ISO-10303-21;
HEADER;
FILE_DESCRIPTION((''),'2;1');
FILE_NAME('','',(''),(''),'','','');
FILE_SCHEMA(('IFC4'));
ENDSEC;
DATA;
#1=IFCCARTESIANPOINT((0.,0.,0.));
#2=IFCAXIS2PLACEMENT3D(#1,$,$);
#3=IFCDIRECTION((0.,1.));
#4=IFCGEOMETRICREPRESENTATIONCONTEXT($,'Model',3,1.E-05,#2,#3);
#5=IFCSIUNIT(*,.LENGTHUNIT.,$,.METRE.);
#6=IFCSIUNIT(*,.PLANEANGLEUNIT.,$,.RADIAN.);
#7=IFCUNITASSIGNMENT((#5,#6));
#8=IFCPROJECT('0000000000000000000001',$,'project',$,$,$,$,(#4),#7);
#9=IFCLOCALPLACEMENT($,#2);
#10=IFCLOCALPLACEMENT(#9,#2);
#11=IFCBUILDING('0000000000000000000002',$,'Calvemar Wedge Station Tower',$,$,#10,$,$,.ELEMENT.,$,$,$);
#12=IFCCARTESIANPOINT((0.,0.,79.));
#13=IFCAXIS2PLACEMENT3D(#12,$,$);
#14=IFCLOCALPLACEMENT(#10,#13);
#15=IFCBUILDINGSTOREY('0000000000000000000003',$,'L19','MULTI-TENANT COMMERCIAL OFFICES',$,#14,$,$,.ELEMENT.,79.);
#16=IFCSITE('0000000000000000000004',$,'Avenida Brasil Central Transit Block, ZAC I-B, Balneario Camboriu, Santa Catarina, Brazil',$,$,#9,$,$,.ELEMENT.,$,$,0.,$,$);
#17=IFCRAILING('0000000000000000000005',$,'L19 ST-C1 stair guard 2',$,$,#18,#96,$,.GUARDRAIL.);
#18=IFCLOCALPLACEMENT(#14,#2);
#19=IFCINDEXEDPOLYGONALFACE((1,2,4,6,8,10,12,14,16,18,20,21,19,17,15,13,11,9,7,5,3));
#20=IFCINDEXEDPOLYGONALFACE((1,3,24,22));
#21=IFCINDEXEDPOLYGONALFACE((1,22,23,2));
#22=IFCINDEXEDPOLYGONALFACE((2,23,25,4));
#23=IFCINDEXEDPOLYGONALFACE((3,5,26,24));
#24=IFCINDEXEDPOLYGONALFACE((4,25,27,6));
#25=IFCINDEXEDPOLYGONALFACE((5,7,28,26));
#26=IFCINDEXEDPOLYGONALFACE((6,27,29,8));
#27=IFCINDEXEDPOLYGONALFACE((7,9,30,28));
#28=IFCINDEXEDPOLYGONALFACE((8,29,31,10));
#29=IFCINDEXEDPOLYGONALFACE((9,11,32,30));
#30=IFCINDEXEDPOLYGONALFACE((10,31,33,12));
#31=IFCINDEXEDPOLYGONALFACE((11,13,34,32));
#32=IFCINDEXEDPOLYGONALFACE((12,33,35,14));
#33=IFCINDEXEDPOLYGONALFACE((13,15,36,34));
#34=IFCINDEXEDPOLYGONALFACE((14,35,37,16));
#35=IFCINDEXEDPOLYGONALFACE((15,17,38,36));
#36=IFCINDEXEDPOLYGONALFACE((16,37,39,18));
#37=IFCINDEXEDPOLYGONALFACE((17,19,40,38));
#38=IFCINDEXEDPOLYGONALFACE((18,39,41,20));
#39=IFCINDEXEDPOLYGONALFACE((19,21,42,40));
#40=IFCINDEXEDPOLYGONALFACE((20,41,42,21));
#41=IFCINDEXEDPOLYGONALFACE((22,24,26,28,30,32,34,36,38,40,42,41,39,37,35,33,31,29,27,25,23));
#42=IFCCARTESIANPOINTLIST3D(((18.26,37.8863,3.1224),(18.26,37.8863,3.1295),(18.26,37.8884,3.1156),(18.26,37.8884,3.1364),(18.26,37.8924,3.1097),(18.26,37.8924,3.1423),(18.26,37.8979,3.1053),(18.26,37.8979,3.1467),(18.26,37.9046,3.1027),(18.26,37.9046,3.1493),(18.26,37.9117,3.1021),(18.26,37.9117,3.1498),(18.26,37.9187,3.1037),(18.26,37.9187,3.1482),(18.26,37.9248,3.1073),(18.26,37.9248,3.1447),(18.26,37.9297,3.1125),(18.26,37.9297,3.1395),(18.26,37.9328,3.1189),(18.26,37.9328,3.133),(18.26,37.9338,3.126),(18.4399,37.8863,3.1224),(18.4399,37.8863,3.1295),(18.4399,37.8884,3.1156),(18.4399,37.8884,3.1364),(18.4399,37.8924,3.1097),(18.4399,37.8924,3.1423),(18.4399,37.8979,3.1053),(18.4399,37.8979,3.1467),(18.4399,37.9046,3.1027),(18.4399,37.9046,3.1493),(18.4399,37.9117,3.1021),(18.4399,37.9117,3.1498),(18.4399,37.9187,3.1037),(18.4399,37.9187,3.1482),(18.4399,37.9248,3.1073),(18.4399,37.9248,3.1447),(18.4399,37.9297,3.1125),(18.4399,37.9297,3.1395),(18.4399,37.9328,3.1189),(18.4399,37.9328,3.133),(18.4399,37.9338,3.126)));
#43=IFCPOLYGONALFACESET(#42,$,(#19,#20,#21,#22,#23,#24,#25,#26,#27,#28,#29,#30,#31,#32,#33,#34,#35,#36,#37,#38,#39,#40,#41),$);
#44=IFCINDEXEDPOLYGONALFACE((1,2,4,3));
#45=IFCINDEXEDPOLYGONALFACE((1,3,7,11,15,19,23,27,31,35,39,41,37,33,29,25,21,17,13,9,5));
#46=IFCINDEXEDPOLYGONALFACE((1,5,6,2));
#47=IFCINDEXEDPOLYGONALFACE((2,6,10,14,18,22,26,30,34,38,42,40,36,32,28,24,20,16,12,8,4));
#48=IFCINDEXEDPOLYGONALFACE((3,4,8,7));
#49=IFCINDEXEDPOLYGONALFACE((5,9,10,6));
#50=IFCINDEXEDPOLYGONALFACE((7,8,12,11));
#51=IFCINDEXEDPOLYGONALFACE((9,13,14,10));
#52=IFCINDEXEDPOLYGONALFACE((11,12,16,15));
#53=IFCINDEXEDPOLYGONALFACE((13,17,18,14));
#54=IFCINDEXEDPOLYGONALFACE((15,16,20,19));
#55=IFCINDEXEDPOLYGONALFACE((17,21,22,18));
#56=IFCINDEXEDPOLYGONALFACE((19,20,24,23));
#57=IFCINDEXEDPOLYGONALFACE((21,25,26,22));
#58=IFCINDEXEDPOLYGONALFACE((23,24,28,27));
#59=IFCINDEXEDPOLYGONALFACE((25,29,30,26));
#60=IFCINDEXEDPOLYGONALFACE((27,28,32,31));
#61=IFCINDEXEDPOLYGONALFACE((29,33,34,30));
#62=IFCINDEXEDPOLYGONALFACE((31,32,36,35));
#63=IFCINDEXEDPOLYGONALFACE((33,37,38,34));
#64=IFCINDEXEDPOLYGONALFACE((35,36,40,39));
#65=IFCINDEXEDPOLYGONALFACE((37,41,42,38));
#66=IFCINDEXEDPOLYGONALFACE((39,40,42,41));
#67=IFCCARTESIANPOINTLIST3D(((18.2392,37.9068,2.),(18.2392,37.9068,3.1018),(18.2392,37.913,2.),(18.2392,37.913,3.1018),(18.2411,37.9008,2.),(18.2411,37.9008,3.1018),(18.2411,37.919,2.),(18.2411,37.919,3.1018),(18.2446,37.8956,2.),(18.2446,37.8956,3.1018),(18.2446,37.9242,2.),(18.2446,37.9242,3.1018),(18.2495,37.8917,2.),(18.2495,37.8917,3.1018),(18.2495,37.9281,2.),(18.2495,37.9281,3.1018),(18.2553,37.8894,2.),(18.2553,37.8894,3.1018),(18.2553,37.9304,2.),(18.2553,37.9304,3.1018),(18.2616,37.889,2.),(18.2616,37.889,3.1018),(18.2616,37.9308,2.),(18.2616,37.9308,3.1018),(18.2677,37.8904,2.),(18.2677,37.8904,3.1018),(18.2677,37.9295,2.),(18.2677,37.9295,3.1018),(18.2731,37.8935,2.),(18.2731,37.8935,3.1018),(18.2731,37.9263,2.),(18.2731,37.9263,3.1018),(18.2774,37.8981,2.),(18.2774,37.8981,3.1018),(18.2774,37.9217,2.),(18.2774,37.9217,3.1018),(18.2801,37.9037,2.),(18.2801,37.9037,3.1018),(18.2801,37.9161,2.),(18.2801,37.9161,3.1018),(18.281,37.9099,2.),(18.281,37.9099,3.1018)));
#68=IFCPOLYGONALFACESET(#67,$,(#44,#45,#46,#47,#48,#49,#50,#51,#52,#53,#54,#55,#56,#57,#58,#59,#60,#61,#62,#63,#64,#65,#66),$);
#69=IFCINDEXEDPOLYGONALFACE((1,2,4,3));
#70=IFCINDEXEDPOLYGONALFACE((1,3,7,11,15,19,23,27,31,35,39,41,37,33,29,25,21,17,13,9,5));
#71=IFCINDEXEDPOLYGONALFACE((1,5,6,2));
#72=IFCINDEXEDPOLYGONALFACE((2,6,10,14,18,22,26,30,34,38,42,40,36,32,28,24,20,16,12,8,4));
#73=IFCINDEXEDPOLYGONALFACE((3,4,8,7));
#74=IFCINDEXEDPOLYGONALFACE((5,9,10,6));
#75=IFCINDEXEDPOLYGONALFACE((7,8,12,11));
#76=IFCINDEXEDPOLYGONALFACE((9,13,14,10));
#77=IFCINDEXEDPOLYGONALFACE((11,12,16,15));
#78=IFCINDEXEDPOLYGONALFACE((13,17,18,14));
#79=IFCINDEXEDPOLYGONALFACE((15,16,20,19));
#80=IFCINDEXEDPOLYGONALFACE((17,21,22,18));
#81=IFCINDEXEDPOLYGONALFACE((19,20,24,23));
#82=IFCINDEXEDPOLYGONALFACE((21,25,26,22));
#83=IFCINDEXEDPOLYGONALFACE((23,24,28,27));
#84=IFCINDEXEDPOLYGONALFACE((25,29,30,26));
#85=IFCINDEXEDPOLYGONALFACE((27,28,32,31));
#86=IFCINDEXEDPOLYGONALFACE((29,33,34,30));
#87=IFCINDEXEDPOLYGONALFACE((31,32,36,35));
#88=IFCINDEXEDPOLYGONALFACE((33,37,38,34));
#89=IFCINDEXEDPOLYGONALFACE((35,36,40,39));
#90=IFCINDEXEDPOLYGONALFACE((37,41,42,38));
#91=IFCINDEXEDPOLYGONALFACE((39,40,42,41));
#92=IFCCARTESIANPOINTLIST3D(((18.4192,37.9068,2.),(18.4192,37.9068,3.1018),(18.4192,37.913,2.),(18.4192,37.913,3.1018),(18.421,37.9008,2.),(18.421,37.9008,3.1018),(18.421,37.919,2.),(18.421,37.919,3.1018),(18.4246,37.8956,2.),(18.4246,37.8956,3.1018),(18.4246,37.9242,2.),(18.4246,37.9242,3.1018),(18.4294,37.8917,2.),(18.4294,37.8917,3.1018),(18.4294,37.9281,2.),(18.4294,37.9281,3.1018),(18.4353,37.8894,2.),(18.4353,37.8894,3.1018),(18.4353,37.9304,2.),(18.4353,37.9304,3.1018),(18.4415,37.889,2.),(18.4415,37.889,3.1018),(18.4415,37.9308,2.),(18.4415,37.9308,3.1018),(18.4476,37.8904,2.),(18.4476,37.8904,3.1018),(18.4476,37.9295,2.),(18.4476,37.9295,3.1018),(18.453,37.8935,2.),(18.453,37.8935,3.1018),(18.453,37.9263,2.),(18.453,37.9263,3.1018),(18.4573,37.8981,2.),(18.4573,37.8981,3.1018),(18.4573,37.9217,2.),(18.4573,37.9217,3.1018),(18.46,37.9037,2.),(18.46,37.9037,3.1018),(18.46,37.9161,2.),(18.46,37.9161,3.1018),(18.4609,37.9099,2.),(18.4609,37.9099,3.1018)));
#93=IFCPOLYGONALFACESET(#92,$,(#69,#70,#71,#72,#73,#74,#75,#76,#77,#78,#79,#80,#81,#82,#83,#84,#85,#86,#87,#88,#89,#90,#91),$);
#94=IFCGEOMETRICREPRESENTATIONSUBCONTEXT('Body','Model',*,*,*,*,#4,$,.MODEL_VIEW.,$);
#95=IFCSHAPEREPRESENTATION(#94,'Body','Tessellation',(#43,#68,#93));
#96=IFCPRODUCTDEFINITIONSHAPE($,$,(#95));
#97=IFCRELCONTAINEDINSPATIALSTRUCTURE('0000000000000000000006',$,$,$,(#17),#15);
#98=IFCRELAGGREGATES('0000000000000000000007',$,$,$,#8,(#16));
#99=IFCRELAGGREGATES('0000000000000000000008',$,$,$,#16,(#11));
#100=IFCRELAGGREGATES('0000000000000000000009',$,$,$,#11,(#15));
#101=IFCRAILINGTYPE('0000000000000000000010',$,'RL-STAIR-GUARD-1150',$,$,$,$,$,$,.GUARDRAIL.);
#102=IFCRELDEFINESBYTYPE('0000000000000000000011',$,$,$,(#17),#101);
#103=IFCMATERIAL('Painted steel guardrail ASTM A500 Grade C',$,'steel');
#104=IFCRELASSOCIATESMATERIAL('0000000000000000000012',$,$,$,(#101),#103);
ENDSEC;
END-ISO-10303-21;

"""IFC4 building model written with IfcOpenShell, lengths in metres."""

from ifc_helpers import new_model, si_unit, direction, frame, origin, origin_2d, place, context, subcontext, project, spatial, circle, extrude, material, type_object, element, save


model = new_model("IFC4")

# Units and contexts
model_context = context("Model", 3, precision=1e-05, world=origin(), true_north=direction((0.0, 1.0)))
body_context = subcontext(model_context, "Body", "Model", "MODEL_VIEW")
ifc_project = project(units=[si_unit("LENGTHUNIT", "METRE"), si_unit("PLANEANGLEUNIT", "RADIAN")], contexts=[model_context])

# Site, building, storey
site_placement = place(None, origin())
site = spatial("IfcSite", under=ifc_project, at=site_placement, Name="Avenida Brasil Central Transit Block, ZAC I-B, Balneario Camboriu, Santa Catarina, Brazil", CompositionType="ELEMENT", RefElevation=0.0)
building_placement = place(site_placement, origin())
building = spatial("IfcBuilding", under=site, at=building_placement, Name="Calvemar Wedge Station Tower", CompositionType="ELEMENT")
storey_placement = place(building_placement, frame((0.0, 0.0, 79.0)))
storey = spatial("IfcBuildingStorey", under=building, at=storey_placement, Name="L19", Description="MULTI-TENANT COMMERCIAL OFFICES", CompositionType="ELEMENT", Elevation=79.0)

# Railing
ifc_material_1 = material(Name="Painted steel guardrail ASTM A500 Grade C", Category="steel")
railing_type_1 = type_object("IfcRailingType", Name="RL-STAIR-GUARD-1150", PredefinedType="GUARDRAIL", material=ifc_material_1)
railing_1_placement = place(storey_placement, frame((18.26, 37.9099, 2.0)))
element("IfcRailing", 1, at=railing_1_placement, inside=storey, type_object=railing_type_1, Name="L19 ST-C1 stair guard 2", PredefinedType="GUARDRAIL", context=body_context, shape_type="SweptSolid", body=[
    extrude(circle(Radius=0.0239, at=origin_2d()), frame((0.0, 0.0, 1.126), z_axis=(1.0, 0.0, 0.0), x_axis=(0.0, 1.0, 0.0)), (0.0, 0.0, 1.0), 0.1799),
    extrude(circle(Radius=0.021, at=origin_2d()), origin(), (0.0, 0.0, 1.0), 1.1018),
    extrude(circle(Radius=0.021, at=origin_2d()), frame((0.1799, 0.0, 0.0)), (0.0, 0.0, 1.0), 1.1018),
])

save(model, "model.ifc")
